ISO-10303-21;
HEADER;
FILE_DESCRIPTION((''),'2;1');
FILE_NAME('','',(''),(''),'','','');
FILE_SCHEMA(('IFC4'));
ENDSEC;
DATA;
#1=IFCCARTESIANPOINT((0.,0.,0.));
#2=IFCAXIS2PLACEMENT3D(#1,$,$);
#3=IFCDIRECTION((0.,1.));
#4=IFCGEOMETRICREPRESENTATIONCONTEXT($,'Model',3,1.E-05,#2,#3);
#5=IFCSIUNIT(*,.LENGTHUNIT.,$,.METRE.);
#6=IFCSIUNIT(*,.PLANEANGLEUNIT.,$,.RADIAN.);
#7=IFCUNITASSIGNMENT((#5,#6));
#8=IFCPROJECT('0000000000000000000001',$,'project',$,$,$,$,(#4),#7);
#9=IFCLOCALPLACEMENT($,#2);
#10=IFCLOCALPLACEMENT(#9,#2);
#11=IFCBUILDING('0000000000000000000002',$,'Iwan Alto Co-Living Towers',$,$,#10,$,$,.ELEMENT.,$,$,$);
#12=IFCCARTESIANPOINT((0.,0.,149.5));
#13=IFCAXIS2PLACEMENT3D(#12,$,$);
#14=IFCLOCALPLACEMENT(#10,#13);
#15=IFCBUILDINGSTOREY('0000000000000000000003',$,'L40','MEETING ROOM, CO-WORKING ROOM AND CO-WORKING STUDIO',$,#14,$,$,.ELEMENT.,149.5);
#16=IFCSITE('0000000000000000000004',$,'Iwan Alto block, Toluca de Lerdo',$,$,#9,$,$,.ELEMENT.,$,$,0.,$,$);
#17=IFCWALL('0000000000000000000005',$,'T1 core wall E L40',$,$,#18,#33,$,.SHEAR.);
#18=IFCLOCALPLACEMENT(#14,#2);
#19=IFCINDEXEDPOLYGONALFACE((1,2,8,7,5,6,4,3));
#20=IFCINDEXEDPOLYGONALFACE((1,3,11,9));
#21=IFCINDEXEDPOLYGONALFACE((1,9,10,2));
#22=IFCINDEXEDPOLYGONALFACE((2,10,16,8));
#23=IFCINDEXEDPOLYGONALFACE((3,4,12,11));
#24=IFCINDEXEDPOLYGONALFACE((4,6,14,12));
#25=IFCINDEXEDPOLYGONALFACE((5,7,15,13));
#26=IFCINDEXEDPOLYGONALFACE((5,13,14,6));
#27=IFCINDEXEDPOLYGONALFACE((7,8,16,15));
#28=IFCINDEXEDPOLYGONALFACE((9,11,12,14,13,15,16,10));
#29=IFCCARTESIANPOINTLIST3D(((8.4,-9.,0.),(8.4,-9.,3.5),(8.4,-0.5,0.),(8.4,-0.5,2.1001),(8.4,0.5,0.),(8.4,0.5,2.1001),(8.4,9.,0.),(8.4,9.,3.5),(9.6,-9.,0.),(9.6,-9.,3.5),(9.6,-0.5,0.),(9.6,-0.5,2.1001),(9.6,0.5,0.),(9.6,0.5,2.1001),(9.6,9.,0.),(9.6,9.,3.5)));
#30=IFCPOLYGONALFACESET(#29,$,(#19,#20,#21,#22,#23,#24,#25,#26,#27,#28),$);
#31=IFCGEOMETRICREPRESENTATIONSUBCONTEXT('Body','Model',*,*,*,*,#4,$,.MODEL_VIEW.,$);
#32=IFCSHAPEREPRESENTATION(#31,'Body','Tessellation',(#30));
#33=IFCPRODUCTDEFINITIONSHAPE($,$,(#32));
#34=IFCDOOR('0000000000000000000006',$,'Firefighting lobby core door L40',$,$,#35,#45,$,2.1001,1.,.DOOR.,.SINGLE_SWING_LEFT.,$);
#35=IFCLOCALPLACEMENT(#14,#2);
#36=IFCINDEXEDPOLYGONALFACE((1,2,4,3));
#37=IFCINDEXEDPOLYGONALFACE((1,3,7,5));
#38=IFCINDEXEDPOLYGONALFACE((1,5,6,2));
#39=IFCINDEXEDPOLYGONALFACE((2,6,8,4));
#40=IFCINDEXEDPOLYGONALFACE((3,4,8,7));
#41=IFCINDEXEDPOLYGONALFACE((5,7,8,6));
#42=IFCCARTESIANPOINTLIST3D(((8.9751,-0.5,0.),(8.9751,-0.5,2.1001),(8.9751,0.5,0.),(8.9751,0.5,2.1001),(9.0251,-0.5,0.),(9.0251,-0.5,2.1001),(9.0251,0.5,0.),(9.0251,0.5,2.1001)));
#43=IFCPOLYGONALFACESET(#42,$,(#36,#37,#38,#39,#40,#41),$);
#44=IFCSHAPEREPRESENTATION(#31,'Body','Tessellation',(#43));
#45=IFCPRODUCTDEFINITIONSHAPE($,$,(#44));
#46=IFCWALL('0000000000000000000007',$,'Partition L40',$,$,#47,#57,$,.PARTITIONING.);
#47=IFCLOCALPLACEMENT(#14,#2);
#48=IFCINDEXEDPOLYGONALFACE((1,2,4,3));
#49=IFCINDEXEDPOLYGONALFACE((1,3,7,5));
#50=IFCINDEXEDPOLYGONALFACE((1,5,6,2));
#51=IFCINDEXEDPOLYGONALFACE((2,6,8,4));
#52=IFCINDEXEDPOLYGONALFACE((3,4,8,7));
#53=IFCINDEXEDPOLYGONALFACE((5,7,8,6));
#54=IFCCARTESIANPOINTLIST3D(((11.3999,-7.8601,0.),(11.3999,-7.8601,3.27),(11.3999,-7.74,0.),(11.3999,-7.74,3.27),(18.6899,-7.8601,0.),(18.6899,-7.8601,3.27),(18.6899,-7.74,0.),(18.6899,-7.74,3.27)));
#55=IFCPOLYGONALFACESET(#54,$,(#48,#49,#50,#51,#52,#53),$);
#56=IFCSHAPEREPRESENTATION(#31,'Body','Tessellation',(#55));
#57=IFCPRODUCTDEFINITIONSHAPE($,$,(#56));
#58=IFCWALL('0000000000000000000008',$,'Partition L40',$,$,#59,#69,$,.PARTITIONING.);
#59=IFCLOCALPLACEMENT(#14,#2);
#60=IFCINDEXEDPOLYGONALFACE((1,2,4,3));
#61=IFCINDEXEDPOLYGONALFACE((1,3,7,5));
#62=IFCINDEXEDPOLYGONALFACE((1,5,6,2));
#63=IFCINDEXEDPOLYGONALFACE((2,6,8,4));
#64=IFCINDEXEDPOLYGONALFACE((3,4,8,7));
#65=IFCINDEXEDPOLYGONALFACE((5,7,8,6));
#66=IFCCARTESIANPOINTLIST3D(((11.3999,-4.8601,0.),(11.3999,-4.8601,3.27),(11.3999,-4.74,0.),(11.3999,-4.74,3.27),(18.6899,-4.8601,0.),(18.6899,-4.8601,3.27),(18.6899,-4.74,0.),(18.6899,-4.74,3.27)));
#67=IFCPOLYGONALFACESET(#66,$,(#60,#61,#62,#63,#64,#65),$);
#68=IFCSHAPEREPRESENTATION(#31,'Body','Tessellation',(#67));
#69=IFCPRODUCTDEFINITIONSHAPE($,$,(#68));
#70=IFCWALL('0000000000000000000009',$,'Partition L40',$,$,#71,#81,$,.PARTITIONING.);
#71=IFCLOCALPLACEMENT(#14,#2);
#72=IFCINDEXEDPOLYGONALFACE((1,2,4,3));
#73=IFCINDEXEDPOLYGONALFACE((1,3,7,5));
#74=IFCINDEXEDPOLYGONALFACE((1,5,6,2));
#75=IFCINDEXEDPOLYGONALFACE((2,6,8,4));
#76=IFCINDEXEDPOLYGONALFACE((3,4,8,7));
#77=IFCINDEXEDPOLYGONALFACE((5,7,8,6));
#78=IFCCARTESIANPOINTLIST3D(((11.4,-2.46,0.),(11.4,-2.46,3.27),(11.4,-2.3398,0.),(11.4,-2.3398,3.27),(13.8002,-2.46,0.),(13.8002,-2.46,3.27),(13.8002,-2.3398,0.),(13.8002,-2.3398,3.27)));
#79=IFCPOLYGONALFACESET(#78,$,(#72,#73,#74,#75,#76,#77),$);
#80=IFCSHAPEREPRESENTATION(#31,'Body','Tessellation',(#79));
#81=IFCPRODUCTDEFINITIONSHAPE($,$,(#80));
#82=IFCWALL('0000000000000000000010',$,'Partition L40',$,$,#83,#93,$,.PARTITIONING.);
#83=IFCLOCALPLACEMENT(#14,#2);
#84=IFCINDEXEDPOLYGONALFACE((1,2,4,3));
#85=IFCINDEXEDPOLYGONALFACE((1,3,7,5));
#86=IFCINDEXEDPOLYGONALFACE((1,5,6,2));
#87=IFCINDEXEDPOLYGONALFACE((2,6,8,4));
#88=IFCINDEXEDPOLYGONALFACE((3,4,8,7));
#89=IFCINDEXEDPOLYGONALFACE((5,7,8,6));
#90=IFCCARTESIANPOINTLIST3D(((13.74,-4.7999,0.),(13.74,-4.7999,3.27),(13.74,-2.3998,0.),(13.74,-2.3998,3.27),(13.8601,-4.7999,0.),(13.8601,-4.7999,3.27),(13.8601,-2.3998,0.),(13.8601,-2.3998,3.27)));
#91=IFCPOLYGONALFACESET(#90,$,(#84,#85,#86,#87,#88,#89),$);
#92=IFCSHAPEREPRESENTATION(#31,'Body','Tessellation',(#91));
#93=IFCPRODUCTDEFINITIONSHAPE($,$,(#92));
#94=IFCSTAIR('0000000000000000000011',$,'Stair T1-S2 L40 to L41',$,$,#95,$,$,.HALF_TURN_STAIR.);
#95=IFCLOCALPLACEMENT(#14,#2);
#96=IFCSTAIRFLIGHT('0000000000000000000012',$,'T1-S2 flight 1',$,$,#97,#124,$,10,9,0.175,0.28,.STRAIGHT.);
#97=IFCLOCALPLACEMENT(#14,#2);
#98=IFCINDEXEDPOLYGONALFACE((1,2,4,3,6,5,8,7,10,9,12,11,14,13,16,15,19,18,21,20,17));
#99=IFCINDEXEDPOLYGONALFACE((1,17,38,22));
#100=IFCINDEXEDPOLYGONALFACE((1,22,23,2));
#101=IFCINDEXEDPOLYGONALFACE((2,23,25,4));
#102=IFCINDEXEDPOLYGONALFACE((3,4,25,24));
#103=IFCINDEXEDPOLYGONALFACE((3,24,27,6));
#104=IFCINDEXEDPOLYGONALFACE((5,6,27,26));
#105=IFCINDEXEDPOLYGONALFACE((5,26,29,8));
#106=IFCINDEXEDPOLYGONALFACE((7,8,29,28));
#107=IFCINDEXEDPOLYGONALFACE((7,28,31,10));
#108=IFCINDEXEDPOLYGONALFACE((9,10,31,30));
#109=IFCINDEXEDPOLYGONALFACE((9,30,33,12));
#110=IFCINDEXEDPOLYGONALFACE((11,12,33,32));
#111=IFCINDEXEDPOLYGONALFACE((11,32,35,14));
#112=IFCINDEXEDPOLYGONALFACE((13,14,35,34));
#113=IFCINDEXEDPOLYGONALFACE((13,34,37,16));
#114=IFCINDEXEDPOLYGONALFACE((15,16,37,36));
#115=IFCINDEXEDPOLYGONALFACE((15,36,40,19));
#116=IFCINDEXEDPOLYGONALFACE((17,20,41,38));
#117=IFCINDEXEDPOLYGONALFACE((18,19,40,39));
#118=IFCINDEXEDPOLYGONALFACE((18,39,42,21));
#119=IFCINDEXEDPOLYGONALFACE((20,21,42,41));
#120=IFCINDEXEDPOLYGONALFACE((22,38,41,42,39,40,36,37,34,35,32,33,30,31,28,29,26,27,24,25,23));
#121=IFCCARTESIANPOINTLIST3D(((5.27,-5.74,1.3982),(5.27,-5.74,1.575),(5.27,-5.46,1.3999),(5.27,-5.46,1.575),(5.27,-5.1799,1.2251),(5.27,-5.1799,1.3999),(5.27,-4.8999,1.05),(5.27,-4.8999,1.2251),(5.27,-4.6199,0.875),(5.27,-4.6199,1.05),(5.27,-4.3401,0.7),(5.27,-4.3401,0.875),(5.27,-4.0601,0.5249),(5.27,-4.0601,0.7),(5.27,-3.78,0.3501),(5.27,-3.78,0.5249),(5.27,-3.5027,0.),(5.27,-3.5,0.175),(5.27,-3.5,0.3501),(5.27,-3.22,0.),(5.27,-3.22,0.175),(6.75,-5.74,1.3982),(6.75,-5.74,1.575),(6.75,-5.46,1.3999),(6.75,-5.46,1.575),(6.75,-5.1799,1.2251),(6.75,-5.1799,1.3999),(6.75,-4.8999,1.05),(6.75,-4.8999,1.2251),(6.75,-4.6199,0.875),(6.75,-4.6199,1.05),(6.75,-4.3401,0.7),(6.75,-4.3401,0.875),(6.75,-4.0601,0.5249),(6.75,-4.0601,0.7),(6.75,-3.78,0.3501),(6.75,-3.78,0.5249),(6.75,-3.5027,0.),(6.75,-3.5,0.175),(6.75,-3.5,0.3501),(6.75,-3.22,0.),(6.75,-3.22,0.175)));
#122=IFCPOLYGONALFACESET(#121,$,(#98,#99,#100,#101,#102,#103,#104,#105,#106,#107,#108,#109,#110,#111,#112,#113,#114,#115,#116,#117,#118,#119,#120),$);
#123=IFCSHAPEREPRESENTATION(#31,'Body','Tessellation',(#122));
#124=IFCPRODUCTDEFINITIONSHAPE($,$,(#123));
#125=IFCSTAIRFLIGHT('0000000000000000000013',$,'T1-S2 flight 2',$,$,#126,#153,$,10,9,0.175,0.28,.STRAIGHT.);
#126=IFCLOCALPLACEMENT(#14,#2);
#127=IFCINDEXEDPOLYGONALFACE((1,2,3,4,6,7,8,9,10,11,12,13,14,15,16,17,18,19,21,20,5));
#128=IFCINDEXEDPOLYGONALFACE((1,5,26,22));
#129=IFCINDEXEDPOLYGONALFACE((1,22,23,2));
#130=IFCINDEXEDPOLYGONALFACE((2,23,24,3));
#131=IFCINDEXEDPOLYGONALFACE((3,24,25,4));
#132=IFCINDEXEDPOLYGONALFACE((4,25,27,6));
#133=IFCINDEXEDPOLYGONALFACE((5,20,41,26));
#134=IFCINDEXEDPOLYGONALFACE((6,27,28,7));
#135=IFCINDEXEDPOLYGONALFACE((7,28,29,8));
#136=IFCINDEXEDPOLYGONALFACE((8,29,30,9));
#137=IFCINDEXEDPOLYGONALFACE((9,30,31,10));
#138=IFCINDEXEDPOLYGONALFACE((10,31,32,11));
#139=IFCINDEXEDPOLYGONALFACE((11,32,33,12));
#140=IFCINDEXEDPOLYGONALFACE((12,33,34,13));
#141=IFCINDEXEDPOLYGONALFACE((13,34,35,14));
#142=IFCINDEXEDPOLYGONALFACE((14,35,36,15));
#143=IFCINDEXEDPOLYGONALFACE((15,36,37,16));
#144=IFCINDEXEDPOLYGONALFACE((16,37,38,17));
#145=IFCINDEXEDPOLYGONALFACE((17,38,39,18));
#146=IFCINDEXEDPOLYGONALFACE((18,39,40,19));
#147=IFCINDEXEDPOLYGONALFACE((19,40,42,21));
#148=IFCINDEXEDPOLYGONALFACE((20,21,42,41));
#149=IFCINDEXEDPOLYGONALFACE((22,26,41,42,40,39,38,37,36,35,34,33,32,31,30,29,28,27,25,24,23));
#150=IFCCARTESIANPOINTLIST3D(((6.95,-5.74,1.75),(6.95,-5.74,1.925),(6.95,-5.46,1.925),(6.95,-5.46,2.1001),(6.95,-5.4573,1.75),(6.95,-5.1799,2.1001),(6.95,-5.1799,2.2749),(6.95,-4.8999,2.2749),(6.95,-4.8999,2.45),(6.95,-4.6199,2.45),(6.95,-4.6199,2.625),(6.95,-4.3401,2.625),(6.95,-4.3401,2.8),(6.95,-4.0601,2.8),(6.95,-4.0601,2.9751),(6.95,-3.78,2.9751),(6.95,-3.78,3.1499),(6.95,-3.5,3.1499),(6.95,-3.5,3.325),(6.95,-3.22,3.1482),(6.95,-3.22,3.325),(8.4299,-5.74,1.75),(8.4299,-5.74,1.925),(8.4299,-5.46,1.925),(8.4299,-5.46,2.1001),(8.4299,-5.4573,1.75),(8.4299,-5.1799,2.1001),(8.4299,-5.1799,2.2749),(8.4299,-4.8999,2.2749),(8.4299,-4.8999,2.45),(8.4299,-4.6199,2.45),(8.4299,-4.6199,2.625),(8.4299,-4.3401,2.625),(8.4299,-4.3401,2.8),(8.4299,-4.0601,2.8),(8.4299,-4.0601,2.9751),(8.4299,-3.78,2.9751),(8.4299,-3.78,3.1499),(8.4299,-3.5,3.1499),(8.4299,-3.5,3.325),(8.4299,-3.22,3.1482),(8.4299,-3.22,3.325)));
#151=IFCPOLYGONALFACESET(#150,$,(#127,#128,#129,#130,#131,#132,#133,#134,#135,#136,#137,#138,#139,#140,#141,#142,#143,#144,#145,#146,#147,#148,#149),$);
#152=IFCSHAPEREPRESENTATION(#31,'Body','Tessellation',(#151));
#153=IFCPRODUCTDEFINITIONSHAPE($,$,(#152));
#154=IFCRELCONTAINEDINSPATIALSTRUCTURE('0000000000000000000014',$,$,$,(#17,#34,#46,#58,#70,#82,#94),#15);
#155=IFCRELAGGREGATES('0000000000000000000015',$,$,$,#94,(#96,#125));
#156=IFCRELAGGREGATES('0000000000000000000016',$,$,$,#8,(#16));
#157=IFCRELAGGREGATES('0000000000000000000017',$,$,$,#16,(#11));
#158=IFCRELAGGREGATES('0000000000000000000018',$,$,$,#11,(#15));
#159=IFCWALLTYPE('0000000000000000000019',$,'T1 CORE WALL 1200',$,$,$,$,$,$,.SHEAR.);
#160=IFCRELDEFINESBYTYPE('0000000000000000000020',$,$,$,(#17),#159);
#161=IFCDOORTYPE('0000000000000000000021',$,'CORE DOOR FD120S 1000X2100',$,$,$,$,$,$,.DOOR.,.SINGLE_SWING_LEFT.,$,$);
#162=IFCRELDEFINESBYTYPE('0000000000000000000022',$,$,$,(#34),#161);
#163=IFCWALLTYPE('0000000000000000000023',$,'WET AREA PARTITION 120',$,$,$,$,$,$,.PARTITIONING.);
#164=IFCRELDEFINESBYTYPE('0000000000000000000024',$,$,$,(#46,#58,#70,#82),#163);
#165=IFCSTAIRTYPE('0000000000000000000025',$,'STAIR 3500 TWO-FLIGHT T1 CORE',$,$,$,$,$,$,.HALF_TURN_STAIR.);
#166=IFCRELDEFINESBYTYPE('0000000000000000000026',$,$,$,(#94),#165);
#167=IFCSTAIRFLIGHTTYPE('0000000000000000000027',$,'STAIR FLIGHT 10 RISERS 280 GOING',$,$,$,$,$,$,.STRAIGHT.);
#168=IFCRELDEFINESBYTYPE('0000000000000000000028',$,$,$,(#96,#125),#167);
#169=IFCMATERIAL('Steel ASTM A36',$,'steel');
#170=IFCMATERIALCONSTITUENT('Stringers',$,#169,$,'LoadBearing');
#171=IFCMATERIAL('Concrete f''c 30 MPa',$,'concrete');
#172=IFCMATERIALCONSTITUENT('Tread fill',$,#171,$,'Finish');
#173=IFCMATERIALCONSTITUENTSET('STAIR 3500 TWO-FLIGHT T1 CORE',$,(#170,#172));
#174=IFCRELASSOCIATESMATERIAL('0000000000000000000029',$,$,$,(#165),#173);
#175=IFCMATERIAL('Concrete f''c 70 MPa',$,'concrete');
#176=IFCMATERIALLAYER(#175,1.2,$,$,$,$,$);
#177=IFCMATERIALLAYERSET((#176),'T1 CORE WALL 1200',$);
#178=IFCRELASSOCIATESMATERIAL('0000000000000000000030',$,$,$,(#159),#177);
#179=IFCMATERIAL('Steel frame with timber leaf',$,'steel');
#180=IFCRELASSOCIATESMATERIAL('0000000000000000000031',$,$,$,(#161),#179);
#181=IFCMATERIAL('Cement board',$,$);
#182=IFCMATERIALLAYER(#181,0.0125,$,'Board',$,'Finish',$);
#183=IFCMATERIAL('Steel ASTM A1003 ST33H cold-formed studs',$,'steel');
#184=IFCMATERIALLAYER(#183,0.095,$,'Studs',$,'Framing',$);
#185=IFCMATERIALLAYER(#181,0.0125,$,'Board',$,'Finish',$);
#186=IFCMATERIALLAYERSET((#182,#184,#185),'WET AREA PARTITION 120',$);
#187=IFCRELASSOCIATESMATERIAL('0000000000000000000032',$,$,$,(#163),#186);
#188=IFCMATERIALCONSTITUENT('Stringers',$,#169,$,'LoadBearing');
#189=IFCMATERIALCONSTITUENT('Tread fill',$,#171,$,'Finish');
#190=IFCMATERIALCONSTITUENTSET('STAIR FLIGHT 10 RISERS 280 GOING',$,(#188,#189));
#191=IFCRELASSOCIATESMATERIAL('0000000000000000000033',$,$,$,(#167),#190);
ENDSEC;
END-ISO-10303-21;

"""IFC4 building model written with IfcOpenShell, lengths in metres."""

from ifc_helpers import new_model, si_unit, direction, frame, frame_2d, origin, place, context, subcontext, project, spatial, polyline, rectangle, outline, extrude, material, layer, layer_set, constituent, constituent_set, type_object, element, fill, aggregate, save


model = new_model("IFC4")

# Units and contexts
model_context = context("Model", 3, precision=1e-05, world=origin(), true_north=direction((0.0, 1.0)))
body_context = subcontext(model_context, "Body", "Model", "MODEL_VIEW")
ifc_project = project(units=[si_unit("LENGTHUNIT", "METRE"), si_unit("PLANEANGLEUNIT", "RADIAN")], contexts=[model_context])

# Site, building, storey
site_placement = place(None, origin())
site = spatial("IfcSite", under=ifc_project, at=site_placement, Name="Iwan Alto block, Toluca de Lerdo", CompositionType="ELEMENT", RefElevation=0.0)
building_placement = place(site_placement, origin())
building = spatial("IfcBuilding", under=site, at=building_placement, Name="Iwan Alto Co-Living Towers", CompositionType="ELEMENT")
storey_placement = place(building_placement, frame((0.0, 0.0, 149.5)))
storey = spatial("IfcBuildingStorey", under=building, at=storey_placement, Name="L40", Description="MEETING ROOM, CO-WORKING ROOM AND CO-WORKING STUDIO", CompositionType="ELEMENT", Elevation=149.5)

# Shared definitions
ifc_material_1 = material(Name="Steel ASTM A36", Category="steel")
ifc_constituent_1 = constituent(ifc_material_1, Name="Stringers", Category="LoadBearing")
ifc_material_2 = material(Name="Concrete f'c 30 MPa", Category="concrete")
ifc_constituent_2 = constituent(ifc_material_2, Name="Tread fill", Category="Finish")
ifc_constituent_set_1 = constituent_set(constituents=[ifc_constituent_1, ifc_constituent_2], Name="STAIR 3500 TWO-FLIGHT T1 CORE")
stair_type = type_object("IfcStairType", Name="STAIR 3500 TWO-FLIGHT T1 CORE", PredefinedType="HALF_TURN_STAIR", material=ifc_constituent_set_1)

# Shared definitions
ifc_material_3 = material(Name="Steel ASTM A1003 ST33H cold-formed studs", Category="steel")

# Wall, opening, door
ifc_material_4 = material(Name="Concrete f'c 70 MPa", Category="concrete")
ifc_layer_1 = layer(ifc_material_4, 1.2)
ifc_layer_set_1 = layer_set([ifc_layer_1], Name="T1 CORE WALL 1200")
wall_type_1 = type_object("IfcWallType", Name="T1 CORE WALL 1200", PredefinedType="SHEAR", material=ifc_layer_set_1)
wall_1_placement = place(storey_placement, frame((9.0, -9.0, 0.0), z_axis=(0.0, 0.0, 1.0), x_axis=(0.0, 1.0, 0.0)))
wall_1 = element("IfcWall", 1, at=wall_1_placement, inside=storey, type_object=wall_type_1, Name="T1 core wall E L40", PredefinedType="SHEAR", context=body_context, shape_type="SweptSolid", body=[
    extrude(rectangle(XDim=18.0, YDim=1.2, at=frame_2d((9.0, 0.0))), origin(), (0.0, 0.0, 1.0), 3.5),
])
opening_1_placement = place(wall_1_placement, frame((8.5, 0.0, 0.0)))
opening_1 = element("IfcOpeningElement", 2, at=opening_1_placement, cuts=wall_1, PredefinedType="OPENING", context=body_context, shape_type="SweptSolid", body=[
    extrude(rectangle(XDim=1.0, YDim=2.1001, at=frame_2d((0.5, 1.05))), frame((0.0, 0.6099, 0.0), z_axis=(0.0, -1.0, 0.0), x_axis=(1.0, 0.0, 0.0)), (0.0, 0.0, 1.0), 1.22),
])
ifc_material_5 = material(Name="Steel frame with timber leaf", Category="steel")
door_type_1 = type_object("IfcDoorType", Name="CORE DOOR FD120S 1000X2100", OperationType="SINGLE_SWING_LEFT", PredefinedType="DOOR", material=ifc_material_5)
door_1_placement = place(opening_1_placement, origin())
door_1 = element("IfcDoor", 3, at=door_1_placement, inside=storey, type_object=door_type_1, Name="Firefighting lobby core door L40", OperationType="SINGLE_SWING_LEFT", OverallHeight=2.1001, OverallWidth=1.0, PredefinedType="DOOR", context=body_context, shape_type="SweptSolid", body=[
    extrude(rectangle(XDim=1.0, YDim=2.1001, at=frame_2d((0.5, 1.05))), frame((0.0, 0.0249, 0.0), z_axis=(0.0, -1.0, 0.0), x_axis=(1.0, 0.0, 0.0)), (0.0, 0.0, 1.0), 0.05),
])
fill(opening_1, door_1)

# Walls
ifc_material_6 = material(Name="Cement board")
ifc_layer_2 = layer(ifc_material_6, 0.0125, Name="Board", Category="Finish")
ifc_layer_3 = layer(ifc_material_3, 0.095, Name="Studs", Category="Framing")
ifc_layer_4 = layer(ifc_material_6, 0.0125, Name="Board", Category="Finish")
ifc_layer_set_2 = layer_set([ifc_layer_2, ifc_layer_3, ifc_layer_4], Name="WET AREA PARTITION 120")
wall_type_2 = type_object("IfcWallType", Name="WET AREA PARTITION 120", PredefinedType="PARTITIONING", material=ifc_layer_set_2)
for number, where, z_axis, x_axis, name in (
    (4, (11.3999, -7.8, 0.0), (0.0, 0.0, 1.0), (1.0, 0.0, 0.0), "Partition L40"),
    (5, (11.3999, -4.8, 0.0), (0.0, 0.0, 1.0), (1.0, 0.0, 0.0), "Partition L40"),
):
    element("IfcWall", number, at=place(storey_placement, frame(where, z_axis=z_axis, x_axis=x_axis)), inside=storey, type_object=wall_type_2, Name=name, PredefinedType="PARTITIONING", context=body_context, shape_type="SweptSolid", body=[
        extrude(rectangle(XDim=7.29, YDim=0.1201, at=frame_2d((3.645, 0.0))), origin(), (0.0, 0.0, 1.0), 3.27),
    ])
for number, where, z_axis, x_axis, name in (
    (6, (11.3999, -2.3999, 0.0), (0.0, 0.0, 1.0), (1.0, 0.0, 0.0), "Partition L40"),
    (7, (13.8, -4.8, 0.0), (0.0, 0.0, 1.0), (0.0, 1.0, 0.0), "Partition L40"),
):
    element("IfcWall", number, at=place(storey_placement, frame(where, z_axis=z_axis, x_axis=x_axis)), inside=storey, type_object=wall_type_2, Name=name, PredefinedType="PARTITIONING", context=body_context, shape_type="SweptSolid", body=[
        extrude(rectangle(XDim=2.4001, YDim=0.1201, at=frame_2d((1.2002, 0.0))), origin(), (0.0, 0.0, 1.0), 3.27),
    ])

# Stair, stair flights
stair_1_placement = place(storey_placement, origin())
stair_1 = element("IfcStair", 8, at=stair_1_placement, inside=storey, type_object=stair_type, Name="Stair T1-S2 L40 to L41", PredefinedType="HALF_TURN_STAIR")
ifc_constituent_3 = constituent(ifc_material_1, Name="Stringers", Category="LoadBearing")
ifc_constituent_4 = constituent(ifc_material_2, Name="Tread fill", Category="Finish")
ifc_constituent_set_2 = constituent_set(constituents=[ifc_constituent_3, ifc_constituent_4], Name="STAIR FLIGHT 10 RISERS 280 GOING")
stair_flight_type = type_object("IfcStairFlightType", Name="STAIR FLIGHT 10 RISERS 280 GOING", PredefinedType="STRAIGHT", material=ifc_constituent_set_2)
stair_flight_1_placement = place(storey_placement, frame((6.01, -3.22, 0.0), z_axis=(0.0, 0.0, 1.0), x_axis=(0.0, -1.0, 0.0)))
stair_flight_1 = element("IfcStairFlight", 9, at=stair_flight_1_placement, type_object=stair_flight_type, Name="T1-S2 flight 1", NumberOfRisers=10, NumberOfTreads=9, PredefinedType="STRAIGHT", RiserHeight=0.175, TreadLength=0.28, context=body_context, shape_type="SweptSolid", body=[
    extrude(outline(polyline([(0.0, 0.0), (0.0, 0.175), (0.28, 0.175), (0.28, 0.3501), (0.5601, 0.3501), (0.5601, 0.5249), (0.8401, 0.5249), (0.8401, 0.7), (1.1201, 0.7), (1.1201, 0.875), (1.3999, 0.875), (1.3999, 1.05), (1.6799, 1.05), (1.6799, 1.2251), (1.96, 1.2251), (1.96, 1.3999), (2.24, 1.3999), (2.24, 1.575), (2.52, 1.575), (2.52, 1.75), (2.52, 1.3982), (0.2827, 0.0), (0.0, 0.0)])), frame((0.0, 0.74, 0.0), z_axis=(0.0, -1.0, 0.0), x_axis=(1.0, 0.0, 0.0)), (0.0, 0.0, 1.0), 1.48),
])
stair_flight_2_placement = place(storey_placement, frame((7.6899, -5.74, 1.75), z_axis=(0.0, 0.0, 1.0), x_axis=(0.0, 1.0, 0.0)))
stair_flight_2 = element("IfcStairFlight", 10, at=stair_flight_2_placement, type_object=stair_flight_type, Name="T1-S2 flight 2", NumberOfRisers=10, NumberOfTreads=9, PredefinedType="STRAIGHT", RiserHeight=0.175, TreadLength=0.28, context=body_context, shape_type="SweptSolid", body=[
    extrude(outline(polyline([(0.0, 0.0), (0.0, 0.175), (0.28, 0.175), (0.28, 0.3501), (0.5601, 0.3501), (0.5601, 0.5249), (0.8401, 0.5249), (0.8401, 0.7), (1.1201, 0.7), (1.1201, 0.875), (1.3999, 0.875), (1.3999, 1.05), (1.6799, 1.05), (1.6799, 1.2251), (1.96, 1.2251), (1.96, 1.3999), (2.24, 1.3999), (2.24, 1.575), (2.52, 1.575), (2.52, 1.75), (2.52, 1.3982), (0.2827, 0.0), (0.0, 0.0)])), frame((0.0, 0.74, 0.0), z_axis=(0.0, -1.0, 0.0), x_axis=(1.0, 0.0, 0.0)), (0.0, 0.0, 1.0), 1.48),
])
aggregate(stair_1, [stair_flight_1, stair_flight_2])

save(model, "model.ifc")
